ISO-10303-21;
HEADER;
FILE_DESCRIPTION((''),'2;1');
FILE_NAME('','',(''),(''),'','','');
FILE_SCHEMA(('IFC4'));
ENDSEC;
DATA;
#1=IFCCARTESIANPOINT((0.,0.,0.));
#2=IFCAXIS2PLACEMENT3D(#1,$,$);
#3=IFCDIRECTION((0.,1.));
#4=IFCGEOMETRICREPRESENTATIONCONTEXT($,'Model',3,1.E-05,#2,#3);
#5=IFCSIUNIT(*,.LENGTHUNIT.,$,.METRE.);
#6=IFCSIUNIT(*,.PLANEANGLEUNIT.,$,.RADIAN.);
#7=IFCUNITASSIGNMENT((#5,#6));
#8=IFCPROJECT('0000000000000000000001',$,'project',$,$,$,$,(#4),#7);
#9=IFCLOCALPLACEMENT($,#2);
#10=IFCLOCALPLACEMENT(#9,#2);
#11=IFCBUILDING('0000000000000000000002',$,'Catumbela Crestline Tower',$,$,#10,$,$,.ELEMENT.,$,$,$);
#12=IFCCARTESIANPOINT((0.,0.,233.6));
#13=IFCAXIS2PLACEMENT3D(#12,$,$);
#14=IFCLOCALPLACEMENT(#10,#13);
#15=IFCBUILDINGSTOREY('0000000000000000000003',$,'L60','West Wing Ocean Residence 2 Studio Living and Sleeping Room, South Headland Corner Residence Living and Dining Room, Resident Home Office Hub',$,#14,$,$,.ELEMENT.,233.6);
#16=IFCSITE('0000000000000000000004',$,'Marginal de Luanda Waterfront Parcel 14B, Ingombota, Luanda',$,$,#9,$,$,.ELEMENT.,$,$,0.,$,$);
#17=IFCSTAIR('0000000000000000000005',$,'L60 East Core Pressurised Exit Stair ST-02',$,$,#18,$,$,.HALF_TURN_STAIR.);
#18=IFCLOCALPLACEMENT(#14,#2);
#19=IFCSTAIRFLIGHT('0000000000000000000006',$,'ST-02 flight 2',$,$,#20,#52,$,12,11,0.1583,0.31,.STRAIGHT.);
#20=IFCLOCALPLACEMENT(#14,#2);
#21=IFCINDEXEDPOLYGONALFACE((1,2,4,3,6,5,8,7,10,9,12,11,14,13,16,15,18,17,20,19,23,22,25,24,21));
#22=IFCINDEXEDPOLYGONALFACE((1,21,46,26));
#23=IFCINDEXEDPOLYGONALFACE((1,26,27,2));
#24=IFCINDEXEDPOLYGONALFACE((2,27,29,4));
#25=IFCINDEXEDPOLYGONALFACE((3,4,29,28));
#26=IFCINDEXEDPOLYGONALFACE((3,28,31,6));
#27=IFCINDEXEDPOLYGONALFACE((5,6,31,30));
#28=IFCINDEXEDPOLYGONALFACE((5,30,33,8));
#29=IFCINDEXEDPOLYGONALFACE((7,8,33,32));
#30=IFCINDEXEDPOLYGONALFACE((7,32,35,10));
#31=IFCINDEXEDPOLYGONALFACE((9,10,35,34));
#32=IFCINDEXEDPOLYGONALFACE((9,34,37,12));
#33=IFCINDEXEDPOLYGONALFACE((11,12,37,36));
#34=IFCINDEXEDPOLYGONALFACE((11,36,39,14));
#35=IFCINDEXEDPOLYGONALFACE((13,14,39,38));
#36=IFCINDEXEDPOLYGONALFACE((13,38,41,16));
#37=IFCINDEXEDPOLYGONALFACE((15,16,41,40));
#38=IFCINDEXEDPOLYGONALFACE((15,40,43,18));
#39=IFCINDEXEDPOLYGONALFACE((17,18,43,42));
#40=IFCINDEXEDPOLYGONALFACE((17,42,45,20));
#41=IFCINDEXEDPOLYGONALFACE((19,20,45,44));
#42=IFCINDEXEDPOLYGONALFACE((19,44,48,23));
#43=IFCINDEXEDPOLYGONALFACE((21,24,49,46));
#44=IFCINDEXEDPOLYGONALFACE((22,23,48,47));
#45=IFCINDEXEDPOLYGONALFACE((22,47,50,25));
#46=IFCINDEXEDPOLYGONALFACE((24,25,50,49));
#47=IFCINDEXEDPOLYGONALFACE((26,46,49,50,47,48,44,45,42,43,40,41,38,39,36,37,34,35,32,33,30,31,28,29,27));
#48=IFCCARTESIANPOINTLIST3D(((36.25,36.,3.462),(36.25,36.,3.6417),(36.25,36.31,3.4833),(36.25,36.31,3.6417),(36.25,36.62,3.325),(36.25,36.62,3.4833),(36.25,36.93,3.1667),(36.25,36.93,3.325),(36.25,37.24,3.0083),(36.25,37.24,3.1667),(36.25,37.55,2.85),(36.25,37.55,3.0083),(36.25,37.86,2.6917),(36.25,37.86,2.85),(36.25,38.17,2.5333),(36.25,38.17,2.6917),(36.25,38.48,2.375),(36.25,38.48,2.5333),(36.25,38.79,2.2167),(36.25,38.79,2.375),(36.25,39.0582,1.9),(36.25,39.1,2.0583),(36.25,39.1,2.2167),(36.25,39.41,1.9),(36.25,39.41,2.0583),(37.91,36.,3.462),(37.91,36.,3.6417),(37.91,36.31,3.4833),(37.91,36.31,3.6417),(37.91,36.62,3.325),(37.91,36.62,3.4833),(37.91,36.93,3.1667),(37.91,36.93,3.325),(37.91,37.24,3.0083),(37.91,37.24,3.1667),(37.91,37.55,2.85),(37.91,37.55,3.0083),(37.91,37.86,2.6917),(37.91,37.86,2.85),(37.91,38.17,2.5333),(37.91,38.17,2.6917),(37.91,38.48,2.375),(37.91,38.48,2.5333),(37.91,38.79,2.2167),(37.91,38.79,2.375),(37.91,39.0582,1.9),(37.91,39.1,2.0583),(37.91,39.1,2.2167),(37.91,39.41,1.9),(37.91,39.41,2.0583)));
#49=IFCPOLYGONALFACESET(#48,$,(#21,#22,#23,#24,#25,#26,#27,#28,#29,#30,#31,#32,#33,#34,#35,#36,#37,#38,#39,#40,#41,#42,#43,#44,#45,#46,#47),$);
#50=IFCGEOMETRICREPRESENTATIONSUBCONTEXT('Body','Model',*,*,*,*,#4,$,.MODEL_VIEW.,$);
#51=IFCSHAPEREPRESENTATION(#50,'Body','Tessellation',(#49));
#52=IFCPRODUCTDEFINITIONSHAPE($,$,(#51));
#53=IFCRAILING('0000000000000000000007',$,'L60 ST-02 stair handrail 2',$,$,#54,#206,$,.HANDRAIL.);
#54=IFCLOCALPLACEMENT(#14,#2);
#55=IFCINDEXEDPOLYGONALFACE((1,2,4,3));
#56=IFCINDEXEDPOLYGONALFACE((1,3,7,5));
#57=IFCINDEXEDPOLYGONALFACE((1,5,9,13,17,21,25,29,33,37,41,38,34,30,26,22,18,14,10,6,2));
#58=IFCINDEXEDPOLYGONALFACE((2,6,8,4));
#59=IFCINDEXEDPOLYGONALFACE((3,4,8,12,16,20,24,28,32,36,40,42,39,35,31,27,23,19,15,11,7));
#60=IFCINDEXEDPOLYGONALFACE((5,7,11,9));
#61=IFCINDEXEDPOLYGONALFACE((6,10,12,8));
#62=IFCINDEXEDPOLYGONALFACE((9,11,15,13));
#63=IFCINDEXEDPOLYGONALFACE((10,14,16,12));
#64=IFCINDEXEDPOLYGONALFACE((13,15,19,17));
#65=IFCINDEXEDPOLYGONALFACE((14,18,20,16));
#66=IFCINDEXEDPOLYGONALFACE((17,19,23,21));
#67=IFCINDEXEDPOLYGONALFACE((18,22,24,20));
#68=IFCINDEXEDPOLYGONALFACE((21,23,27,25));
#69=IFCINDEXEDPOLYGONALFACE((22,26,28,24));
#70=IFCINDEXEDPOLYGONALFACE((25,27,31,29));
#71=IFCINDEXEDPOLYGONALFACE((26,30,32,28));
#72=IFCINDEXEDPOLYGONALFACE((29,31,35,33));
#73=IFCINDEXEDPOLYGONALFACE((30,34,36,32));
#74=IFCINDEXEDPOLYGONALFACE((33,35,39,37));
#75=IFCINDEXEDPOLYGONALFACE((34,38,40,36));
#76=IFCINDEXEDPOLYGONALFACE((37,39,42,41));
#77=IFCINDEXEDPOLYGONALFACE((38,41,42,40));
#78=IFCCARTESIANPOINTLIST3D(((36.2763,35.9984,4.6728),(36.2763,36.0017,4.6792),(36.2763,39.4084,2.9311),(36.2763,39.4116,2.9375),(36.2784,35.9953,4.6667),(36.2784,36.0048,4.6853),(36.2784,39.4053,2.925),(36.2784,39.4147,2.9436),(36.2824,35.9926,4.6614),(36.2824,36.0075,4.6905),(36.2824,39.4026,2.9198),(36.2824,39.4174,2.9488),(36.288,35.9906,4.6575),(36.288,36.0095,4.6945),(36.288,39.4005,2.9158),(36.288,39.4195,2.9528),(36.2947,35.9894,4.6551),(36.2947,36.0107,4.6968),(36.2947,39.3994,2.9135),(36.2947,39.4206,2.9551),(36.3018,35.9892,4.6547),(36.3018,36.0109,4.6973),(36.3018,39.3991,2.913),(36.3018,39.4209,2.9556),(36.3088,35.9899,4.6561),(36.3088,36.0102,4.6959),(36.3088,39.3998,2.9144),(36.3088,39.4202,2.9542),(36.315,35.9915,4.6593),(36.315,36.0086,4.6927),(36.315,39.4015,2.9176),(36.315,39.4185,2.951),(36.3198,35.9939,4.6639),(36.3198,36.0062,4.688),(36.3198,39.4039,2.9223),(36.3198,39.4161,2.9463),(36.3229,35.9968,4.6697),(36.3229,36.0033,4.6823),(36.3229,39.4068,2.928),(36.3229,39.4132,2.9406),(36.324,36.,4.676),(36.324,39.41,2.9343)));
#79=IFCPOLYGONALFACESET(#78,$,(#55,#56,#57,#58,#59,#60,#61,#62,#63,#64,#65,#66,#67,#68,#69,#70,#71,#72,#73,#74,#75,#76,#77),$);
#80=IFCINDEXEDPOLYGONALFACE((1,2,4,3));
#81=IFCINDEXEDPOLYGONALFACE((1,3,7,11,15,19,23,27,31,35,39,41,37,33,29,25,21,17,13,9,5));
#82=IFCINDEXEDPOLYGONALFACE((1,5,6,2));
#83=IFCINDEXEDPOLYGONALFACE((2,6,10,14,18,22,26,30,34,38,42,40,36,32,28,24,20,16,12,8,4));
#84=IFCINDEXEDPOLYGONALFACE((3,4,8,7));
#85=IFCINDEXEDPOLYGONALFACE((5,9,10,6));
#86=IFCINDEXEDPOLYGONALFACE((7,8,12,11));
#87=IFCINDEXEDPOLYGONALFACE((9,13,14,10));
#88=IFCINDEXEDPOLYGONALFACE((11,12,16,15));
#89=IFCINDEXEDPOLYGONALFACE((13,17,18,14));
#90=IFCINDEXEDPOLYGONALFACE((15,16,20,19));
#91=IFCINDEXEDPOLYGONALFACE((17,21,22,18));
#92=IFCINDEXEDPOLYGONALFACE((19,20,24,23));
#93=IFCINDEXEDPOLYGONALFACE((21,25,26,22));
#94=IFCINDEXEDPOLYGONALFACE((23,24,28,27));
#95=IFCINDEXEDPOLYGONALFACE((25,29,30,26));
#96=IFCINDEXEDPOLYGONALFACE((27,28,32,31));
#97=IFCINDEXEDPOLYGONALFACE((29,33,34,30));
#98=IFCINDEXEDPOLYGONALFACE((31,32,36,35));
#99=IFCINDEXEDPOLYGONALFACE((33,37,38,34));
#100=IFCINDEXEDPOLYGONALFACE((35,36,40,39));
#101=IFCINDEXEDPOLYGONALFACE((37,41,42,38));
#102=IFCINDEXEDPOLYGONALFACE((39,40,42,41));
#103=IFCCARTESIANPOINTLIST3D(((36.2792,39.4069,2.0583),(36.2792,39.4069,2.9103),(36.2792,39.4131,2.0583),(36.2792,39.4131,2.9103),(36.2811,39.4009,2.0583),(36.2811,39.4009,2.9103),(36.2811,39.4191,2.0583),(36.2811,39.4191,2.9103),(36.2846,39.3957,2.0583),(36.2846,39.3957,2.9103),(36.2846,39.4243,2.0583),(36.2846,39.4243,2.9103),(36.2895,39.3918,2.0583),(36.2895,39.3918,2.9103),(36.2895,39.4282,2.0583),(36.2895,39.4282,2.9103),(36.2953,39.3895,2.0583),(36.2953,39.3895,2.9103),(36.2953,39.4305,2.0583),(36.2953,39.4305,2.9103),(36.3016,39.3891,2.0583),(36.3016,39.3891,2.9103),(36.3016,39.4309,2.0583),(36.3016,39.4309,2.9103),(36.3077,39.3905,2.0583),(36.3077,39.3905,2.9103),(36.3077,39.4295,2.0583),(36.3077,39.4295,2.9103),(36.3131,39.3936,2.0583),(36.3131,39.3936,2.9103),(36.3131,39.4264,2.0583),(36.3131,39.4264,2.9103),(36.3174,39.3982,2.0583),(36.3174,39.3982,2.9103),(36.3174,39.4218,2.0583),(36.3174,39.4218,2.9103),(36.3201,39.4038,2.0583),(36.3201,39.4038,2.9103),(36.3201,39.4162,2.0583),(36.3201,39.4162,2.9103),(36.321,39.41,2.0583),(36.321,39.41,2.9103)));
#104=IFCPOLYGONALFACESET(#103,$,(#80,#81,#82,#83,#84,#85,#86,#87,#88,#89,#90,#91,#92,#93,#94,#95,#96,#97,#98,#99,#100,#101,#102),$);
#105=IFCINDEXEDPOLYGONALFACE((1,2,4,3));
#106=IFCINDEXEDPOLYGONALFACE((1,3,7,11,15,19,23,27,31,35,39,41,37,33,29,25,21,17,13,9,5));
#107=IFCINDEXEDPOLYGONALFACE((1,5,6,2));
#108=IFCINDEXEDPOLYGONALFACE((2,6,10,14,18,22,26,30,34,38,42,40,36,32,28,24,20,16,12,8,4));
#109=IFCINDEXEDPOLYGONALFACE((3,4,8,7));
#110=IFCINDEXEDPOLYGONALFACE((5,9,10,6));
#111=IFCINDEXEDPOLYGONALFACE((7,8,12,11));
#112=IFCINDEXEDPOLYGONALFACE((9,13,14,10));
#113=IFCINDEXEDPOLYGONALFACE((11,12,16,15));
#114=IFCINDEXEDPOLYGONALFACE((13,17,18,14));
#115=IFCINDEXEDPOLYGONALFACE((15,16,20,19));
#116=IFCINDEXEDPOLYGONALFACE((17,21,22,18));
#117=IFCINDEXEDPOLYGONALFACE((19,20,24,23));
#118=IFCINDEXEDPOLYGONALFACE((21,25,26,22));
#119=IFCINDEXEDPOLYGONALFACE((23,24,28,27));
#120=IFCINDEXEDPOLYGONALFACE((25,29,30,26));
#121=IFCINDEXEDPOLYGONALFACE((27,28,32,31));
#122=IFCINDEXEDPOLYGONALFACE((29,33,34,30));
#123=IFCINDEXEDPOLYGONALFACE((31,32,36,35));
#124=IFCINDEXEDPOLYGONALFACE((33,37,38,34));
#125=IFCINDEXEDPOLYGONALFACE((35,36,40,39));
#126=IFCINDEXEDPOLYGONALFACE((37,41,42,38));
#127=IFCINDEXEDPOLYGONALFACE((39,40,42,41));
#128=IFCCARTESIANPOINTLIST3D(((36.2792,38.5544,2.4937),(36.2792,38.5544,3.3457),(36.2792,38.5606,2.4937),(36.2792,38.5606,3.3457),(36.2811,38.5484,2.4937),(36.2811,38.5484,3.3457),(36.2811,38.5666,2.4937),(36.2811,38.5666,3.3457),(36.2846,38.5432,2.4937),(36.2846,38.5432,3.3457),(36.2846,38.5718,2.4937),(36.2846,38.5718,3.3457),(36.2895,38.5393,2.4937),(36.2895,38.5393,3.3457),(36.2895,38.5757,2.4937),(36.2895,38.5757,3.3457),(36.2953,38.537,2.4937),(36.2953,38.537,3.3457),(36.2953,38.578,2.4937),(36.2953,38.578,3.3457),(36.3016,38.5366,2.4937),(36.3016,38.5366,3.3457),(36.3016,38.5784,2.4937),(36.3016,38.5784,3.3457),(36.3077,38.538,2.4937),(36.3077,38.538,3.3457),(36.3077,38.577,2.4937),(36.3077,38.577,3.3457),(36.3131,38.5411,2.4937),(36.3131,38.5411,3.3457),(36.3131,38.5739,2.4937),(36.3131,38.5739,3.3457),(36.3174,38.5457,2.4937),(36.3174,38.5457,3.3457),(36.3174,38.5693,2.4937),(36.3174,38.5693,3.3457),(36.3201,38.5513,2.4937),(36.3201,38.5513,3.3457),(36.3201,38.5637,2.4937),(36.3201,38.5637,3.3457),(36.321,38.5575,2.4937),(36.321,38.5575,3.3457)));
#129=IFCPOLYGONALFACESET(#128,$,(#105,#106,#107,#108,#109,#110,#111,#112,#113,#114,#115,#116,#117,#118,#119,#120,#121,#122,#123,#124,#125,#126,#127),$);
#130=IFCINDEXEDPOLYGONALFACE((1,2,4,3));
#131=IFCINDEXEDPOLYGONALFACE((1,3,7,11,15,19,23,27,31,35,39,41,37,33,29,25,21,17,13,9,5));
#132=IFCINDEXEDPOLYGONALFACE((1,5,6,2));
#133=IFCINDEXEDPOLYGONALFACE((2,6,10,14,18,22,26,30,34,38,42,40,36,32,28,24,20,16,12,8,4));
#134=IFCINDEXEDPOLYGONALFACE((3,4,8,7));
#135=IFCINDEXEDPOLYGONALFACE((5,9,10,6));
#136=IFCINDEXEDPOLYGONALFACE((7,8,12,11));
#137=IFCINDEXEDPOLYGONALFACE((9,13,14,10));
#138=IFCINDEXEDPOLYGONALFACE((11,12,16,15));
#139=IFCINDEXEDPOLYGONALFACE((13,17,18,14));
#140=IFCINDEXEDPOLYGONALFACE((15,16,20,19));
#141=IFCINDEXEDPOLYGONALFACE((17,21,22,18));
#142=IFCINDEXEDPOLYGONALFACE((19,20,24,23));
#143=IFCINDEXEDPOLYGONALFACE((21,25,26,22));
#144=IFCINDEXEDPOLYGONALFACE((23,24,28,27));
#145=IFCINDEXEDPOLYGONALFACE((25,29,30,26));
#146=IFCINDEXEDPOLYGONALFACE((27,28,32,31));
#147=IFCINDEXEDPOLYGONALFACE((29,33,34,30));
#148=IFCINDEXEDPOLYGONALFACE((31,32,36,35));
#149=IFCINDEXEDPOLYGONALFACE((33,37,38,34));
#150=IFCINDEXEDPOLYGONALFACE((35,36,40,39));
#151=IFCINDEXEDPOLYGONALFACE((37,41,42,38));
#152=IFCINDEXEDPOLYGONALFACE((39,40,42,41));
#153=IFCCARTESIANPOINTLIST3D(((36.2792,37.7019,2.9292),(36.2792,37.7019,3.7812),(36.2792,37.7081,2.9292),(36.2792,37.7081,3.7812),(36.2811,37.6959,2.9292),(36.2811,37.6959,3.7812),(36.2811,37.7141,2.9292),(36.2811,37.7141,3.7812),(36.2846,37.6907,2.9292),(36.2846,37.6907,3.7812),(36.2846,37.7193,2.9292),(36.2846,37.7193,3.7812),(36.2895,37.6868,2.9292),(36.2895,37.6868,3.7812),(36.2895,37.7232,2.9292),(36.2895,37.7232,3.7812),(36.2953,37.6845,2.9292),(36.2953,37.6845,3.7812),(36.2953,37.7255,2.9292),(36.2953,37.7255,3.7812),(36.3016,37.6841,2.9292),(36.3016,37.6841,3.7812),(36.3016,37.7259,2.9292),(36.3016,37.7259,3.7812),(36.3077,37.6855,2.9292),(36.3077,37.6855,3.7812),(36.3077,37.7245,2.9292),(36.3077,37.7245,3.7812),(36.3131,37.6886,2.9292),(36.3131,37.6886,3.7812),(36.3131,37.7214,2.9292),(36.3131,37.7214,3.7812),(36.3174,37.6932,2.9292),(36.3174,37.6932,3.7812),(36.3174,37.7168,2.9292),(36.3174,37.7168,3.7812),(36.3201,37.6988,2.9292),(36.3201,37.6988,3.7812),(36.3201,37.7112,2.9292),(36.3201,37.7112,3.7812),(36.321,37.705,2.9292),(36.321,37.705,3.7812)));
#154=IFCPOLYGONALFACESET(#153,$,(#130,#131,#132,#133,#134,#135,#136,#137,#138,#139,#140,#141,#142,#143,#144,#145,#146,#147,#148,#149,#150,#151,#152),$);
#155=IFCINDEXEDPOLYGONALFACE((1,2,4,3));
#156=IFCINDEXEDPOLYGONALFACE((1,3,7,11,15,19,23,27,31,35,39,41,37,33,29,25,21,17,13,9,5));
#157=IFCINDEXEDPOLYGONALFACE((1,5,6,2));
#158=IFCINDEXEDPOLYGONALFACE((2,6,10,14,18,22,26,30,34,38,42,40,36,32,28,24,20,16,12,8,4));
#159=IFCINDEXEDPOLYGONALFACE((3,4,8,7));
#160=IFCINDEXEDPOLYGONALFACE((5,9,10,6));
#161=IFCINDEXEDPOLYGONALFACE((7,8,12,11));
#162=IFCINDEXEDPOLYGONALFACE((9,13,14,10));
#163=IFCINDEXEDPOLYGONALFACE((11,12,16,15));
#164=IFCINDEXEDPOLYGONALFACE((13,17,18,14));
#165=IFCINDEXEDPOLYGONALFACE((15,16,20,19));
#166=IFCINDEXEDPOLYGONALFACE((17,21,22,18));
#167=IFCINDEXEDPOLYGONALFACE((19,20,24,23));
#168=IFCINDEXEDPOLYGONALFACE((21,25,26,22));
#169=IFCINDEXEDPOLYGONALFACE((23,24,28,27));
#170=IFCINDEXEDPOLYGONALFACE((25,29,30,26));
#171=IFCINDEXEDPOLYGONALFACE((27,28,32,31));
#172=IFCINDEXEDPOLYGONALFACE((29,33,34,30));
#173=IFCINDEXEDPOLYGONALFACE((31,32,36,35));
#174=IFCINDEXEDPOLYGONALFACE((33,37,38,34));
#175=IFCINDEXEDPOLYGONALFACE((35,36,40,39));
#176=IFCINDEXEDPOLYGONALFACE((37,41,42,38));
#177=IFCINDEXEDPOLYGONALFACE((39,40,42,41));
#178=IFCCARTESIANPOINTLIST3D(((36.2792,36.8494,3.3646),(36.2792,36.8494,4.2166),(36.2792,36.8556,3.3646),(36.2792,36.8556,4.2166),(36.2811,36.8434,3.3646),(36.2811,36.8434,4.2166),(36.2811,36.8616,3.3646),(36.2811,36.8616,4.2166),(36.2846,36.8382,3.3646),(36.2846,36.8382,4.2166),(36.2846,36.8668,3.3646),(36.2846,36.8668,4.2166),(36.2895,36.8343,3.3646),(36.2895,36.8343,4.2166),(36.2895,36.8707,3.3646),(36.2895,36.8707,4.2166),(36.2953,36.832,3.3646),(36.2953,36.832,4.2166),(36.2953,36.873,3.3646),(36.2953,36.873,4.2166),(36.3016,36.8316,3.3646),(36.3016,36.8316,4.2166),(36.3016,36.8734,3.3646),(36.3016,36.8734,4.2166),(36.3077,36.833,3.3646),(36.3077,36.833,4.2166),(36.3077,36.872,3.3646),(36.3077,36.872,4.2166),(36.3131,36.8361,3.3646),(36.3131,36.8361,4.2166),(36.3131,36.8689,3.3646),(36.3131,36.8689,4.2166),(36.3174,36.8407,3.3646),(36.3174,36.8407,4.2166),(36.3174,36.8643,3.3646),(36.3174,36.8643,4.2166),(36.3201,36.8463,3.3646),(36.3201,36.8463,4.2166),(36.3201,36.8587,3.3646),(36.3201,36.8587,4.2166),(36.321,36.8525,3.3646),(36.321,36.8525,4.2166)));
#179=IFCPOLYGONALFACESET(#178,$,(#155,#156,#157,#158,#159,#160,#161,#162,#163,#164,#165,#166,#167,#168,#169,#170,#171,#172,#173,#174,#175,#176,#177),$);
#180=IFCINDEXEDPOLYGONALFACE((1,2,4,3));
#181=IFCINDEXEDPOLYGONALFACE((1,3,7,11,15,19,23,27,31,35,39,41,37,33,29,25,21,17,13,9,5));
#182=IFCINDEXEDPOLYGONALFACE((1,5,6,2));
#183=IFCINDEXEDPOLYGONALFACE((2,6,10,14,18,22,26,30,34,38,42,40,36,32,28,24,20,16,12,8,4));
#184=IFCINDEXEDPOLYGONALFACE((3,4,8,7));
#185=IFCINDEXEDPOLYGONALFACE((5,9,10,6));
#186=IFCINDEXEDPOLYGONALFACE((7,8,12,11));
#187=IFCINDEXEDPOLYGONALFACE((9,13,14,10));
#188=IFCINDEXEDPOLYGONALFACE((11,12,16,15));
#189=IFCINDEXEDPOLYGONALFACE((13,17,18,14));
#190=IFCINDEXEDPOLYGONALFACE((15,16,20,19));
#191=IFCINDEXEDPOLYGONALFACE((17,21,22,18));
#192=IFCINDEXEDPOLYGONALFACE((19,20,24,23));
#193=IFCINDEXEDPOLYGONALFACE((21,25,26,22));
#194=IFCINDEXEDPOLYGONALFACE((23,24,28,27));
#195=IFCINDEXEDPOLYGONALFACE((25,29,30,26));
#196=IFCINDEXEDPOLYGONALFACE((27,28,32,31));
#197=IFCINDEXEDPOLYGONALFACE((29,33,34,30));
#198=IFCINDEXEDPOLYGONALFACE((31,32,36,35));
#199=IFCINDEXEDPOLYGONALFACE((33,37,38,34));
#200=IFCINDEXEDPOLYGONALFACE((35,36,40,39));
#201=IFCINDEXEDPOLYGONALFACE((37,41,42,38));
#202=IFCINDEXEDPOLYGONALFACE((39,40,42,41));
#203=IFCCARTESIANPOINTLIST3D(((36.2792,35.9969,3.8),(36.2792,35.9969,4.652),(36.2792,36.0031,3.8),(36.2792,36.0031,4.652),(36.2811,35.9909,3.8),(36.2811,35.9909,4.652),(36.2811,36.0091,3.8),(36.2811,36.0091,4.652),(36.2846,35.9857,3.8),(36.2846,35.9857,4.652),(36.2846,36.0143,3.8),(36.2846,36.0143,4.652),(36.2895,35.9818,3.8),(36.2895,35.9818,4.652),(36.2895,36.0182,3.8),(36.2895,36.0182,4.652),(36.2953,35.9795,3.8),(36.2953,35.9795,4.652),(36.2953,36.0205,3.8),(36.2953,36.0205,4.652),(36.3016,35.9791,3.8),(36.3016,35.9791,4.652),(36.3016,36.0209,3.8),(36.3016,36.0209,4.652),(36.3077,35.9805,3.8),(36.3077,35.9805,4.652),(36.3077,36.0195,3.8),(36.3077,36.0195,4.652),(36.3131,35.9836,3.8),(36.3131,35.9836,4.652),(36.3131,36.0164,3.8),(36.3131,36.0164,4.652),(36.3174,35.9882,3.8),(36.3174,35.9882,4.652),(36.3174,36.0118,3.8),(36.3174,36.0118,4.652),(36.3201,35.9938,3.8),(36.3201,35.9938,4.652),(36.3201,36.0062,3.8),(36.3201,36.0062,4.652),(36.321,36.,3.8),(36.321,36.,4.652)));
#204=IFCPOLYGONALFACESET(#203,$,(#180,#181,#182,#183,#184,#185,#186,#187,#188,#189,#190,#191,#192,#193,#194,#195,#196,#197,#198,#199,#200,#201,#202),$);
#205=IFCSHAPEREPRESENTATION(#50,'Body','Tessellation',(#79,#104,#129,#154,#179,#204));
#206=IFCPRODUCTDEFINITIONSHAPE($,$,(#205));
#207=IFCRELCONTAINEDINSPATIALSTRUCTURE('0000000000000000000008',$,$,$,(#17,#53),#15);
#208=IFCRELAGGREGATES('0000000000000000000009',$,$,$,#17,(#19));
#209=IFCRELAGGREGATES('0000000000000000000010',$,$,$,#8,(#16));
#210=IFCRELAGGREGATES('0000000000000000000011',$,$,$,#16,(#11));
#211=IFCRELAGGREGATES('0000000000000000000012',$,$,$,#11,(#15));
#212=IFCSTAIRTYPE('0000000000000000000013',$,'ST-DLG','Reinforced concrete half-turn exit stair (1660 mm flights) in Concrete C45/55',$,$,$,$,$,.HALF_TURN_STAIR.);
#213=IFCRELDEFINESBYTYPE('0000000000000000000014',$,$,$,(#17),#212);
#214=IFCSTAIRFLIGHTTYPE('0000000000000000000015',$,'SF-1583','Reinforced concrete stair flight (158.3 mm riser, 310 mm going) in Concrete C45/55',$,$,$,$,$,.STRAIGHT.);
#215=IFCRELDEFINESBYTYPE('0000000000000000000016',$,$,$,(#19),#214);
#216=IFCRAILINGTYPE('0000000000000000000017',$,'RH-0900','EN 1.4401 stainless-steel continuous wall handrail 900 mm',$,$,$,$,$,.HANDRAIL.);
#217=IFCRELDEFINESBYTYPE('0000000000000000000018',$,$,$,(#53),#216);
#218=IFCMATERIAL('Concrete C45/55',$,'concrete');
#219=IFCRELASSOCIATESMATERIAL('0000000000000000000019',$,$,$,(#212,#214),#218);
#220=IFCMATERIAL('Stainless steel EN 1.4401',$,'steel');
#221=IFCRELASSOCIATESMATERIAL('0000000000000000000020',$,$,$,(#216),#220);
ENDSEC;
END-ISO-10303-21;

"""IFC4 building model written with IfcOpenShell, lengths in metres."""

from ifc_helpers import new_model, si_unit, direction, frame, origin, origin_2d, place, context, subcontext, project, spatial, polyline, circle, outline, extrude, material, type_object, element, aggregate, save


model = new_model("IFC4")

# Units and contexts
model_context = context("Model", 3, precision=1e-05, world=origin(), true_north=direction((0.0, 1.0)))
body_context = subcontext(model_context, "Body", "Model", "MODEL_VIEW")
ifc_project = project(units=[si_unit("LENGTHUNIT", "METRE"), si_unit("PLANEANGLEUNIT", "RADIAN")], contexts=[model_context])

# Site, building, storey
site_placement = place(None, origin())
site = spatial("IfcSite", under=ifc_project, at=site_placement, Name="Marginal de Luanda Waterfront Parcel 14B, Ingombota, Luanda", CompositionType="ELEMENT", RefElevation=0.0)
building_placement = place(site_placement, origin())
building = spatial("IfcBuilding", under=site, at=building_placement, Name="Catumbela Crestline Tower", CompositionType="ELEMENT")
storey_placement = place(building_placement, frame((0.0, 0.0, 233.6)))
storey = spatial("IfcBuildingStorey", under=building, at=storey_placement, Name="L60", Description="West Wing Ocean Residence 2 Studio Living and Sleeping Room, South Headland Corner Residence Living and Dining Room, Resident Home Office Hub", CompositionType="ELEMENT", Elevation=233.6)

# Shared definitions
ifc_material_1 = material(Name="Stainless steel EN 1.4401", Category="steel")

# Shared definitions
ifc_material_2 = material(Name="Concrete C45/55", Category="concrete")

# Stair, stair flight
stair_type = type_object("IfcStairType", Name="ST-DLG", Description="Reinforced concrete half-turn exit stair (1660 mm flights) in Concrete C45/55", PredefinedType="HALF_TURN_STAIR", material=ifc_material_2)
stair_placement = place(storey_placement, origin())
stair = element("IfcStair", 1, at=stair_placement, inside=storey, type_object=stair_type, Name="L60 East Core Pressurised Exit Stair ST-02", PredefinedType="HALF_TURN_STAIR")
stair_flight_type = type_object("IfcStairFlightType", Name="SF-1583", Description="Reinforced concrete stair flight (158.3 mm riser, 310 mm going) in Concrete C45/55", PredefinedType="STRAIGHT", material=ifc_material_2)
stair_flight_placement = place(storey_placement, frame((37.08, 39.41, 1.9), z_axis=(0.0, 0.0, 1.0), x_axis=(0.0, -1.0, 0.0)))
stair_flight = element("IfcStairFlight", 2, at=stair_flight_placement, type_object=stair_flight_type, Name="ST-02 flight 2", NumberOfRisers=12, NumberOfTreads=11, PredefinedType="STRAIGHT", RiserHeight=0.1583, TreadLength=0.31, context=body_context, shape_type="SweptSolid", body=[
    extrude(outline(polyline([(0.0, 0.0), (0.0, 0.1583), (0.31, 0.1583), (0.31, 0.3167), (0.62, 0.3167), (0.62, 0.475), (0.93, 0.475), (0.93, 0.6333), (1.24, 0.6333), (1.24, 0.7917), (1.55, 0.7917), (1.55, 0.95), (1.86, 0.95), (1.86, 1.1083), (2.17, 1.1083), (2.17, 1.2667), (2.48, 1.2667), (2.48, 1.425), (2.79, 1.425), (2.79, 1.5833), (3.1, 1.5833), (3.1, 1.7417), (3.41, 1.7417), (3.41, 1.9), (3.41, 1.562), (0.3518, 0.0), (0.0, 0.0)])), frame((0.0, 0.83, 0.0), z_axis=(0.0, -1.0, 0.0), x_axis=(1.0, 0.0, 0.0)), (0.0, 0.0, 1.0), 1.66),
])
aggregate(stair, [stair_flight])

# Railing
railing_type_1 = type_object("IfcRailingType", Name="RH-0900", Description="EN 1.4401 stainless-steel continuous wall handrail 900 mm", PredefinedType="HANDRAIL", material=ifc_material_1)
railing_1_placement = place(storey_placement, frame((36.3, 39.41, 2.0583)))
element("IfcRailing", 3, at=railing_1_placement, inside=storey, type_object=railing_type_1, Name="L60 ST-02 stair handrail 2", PredefinedType="HANDRAIL", context=body_context, shape_type="SweptSolid", body=[
    extrude(circle(Radius=0.024, at=origin_2d()), frame((0.0, 0.0, 0.876), z_axis=(0.0, -0.89056, 0.454865), x_axis=(1.0, 0.0, 0.0)), (0.0, 0.0, 1.0), 3.829),
    extrude(circle(Radius=0.021, at=origin_2d()), origin(), (0.0, 0.0, 1.0), 0.852),
    extrude(circle(Radius=0.021, at=origin_2d()), frame((0.0, -0.8525, 0.4354)), (0.0, 0.0, 1.0), 0.852),
    extrude(circle(Radius=0.021, at=origin_2d()), frame((0.0, -1.705, 0.8709)), (0.0, 0.0, 1.0), 0.852),
    extrude(circle(Radius=0.021, at=origin_2d()), frame((0.0, -2.5575, 1.3063)), (0.0, 0.0, 1.0), 0.852),
    extrude(circle(Radius=0.021, at=origin_2d()), frame((0.0, -3.41, 1.7417)), (0.0, 0.0, 1.0), 0.852),
])

save(model, "model.ifc")
